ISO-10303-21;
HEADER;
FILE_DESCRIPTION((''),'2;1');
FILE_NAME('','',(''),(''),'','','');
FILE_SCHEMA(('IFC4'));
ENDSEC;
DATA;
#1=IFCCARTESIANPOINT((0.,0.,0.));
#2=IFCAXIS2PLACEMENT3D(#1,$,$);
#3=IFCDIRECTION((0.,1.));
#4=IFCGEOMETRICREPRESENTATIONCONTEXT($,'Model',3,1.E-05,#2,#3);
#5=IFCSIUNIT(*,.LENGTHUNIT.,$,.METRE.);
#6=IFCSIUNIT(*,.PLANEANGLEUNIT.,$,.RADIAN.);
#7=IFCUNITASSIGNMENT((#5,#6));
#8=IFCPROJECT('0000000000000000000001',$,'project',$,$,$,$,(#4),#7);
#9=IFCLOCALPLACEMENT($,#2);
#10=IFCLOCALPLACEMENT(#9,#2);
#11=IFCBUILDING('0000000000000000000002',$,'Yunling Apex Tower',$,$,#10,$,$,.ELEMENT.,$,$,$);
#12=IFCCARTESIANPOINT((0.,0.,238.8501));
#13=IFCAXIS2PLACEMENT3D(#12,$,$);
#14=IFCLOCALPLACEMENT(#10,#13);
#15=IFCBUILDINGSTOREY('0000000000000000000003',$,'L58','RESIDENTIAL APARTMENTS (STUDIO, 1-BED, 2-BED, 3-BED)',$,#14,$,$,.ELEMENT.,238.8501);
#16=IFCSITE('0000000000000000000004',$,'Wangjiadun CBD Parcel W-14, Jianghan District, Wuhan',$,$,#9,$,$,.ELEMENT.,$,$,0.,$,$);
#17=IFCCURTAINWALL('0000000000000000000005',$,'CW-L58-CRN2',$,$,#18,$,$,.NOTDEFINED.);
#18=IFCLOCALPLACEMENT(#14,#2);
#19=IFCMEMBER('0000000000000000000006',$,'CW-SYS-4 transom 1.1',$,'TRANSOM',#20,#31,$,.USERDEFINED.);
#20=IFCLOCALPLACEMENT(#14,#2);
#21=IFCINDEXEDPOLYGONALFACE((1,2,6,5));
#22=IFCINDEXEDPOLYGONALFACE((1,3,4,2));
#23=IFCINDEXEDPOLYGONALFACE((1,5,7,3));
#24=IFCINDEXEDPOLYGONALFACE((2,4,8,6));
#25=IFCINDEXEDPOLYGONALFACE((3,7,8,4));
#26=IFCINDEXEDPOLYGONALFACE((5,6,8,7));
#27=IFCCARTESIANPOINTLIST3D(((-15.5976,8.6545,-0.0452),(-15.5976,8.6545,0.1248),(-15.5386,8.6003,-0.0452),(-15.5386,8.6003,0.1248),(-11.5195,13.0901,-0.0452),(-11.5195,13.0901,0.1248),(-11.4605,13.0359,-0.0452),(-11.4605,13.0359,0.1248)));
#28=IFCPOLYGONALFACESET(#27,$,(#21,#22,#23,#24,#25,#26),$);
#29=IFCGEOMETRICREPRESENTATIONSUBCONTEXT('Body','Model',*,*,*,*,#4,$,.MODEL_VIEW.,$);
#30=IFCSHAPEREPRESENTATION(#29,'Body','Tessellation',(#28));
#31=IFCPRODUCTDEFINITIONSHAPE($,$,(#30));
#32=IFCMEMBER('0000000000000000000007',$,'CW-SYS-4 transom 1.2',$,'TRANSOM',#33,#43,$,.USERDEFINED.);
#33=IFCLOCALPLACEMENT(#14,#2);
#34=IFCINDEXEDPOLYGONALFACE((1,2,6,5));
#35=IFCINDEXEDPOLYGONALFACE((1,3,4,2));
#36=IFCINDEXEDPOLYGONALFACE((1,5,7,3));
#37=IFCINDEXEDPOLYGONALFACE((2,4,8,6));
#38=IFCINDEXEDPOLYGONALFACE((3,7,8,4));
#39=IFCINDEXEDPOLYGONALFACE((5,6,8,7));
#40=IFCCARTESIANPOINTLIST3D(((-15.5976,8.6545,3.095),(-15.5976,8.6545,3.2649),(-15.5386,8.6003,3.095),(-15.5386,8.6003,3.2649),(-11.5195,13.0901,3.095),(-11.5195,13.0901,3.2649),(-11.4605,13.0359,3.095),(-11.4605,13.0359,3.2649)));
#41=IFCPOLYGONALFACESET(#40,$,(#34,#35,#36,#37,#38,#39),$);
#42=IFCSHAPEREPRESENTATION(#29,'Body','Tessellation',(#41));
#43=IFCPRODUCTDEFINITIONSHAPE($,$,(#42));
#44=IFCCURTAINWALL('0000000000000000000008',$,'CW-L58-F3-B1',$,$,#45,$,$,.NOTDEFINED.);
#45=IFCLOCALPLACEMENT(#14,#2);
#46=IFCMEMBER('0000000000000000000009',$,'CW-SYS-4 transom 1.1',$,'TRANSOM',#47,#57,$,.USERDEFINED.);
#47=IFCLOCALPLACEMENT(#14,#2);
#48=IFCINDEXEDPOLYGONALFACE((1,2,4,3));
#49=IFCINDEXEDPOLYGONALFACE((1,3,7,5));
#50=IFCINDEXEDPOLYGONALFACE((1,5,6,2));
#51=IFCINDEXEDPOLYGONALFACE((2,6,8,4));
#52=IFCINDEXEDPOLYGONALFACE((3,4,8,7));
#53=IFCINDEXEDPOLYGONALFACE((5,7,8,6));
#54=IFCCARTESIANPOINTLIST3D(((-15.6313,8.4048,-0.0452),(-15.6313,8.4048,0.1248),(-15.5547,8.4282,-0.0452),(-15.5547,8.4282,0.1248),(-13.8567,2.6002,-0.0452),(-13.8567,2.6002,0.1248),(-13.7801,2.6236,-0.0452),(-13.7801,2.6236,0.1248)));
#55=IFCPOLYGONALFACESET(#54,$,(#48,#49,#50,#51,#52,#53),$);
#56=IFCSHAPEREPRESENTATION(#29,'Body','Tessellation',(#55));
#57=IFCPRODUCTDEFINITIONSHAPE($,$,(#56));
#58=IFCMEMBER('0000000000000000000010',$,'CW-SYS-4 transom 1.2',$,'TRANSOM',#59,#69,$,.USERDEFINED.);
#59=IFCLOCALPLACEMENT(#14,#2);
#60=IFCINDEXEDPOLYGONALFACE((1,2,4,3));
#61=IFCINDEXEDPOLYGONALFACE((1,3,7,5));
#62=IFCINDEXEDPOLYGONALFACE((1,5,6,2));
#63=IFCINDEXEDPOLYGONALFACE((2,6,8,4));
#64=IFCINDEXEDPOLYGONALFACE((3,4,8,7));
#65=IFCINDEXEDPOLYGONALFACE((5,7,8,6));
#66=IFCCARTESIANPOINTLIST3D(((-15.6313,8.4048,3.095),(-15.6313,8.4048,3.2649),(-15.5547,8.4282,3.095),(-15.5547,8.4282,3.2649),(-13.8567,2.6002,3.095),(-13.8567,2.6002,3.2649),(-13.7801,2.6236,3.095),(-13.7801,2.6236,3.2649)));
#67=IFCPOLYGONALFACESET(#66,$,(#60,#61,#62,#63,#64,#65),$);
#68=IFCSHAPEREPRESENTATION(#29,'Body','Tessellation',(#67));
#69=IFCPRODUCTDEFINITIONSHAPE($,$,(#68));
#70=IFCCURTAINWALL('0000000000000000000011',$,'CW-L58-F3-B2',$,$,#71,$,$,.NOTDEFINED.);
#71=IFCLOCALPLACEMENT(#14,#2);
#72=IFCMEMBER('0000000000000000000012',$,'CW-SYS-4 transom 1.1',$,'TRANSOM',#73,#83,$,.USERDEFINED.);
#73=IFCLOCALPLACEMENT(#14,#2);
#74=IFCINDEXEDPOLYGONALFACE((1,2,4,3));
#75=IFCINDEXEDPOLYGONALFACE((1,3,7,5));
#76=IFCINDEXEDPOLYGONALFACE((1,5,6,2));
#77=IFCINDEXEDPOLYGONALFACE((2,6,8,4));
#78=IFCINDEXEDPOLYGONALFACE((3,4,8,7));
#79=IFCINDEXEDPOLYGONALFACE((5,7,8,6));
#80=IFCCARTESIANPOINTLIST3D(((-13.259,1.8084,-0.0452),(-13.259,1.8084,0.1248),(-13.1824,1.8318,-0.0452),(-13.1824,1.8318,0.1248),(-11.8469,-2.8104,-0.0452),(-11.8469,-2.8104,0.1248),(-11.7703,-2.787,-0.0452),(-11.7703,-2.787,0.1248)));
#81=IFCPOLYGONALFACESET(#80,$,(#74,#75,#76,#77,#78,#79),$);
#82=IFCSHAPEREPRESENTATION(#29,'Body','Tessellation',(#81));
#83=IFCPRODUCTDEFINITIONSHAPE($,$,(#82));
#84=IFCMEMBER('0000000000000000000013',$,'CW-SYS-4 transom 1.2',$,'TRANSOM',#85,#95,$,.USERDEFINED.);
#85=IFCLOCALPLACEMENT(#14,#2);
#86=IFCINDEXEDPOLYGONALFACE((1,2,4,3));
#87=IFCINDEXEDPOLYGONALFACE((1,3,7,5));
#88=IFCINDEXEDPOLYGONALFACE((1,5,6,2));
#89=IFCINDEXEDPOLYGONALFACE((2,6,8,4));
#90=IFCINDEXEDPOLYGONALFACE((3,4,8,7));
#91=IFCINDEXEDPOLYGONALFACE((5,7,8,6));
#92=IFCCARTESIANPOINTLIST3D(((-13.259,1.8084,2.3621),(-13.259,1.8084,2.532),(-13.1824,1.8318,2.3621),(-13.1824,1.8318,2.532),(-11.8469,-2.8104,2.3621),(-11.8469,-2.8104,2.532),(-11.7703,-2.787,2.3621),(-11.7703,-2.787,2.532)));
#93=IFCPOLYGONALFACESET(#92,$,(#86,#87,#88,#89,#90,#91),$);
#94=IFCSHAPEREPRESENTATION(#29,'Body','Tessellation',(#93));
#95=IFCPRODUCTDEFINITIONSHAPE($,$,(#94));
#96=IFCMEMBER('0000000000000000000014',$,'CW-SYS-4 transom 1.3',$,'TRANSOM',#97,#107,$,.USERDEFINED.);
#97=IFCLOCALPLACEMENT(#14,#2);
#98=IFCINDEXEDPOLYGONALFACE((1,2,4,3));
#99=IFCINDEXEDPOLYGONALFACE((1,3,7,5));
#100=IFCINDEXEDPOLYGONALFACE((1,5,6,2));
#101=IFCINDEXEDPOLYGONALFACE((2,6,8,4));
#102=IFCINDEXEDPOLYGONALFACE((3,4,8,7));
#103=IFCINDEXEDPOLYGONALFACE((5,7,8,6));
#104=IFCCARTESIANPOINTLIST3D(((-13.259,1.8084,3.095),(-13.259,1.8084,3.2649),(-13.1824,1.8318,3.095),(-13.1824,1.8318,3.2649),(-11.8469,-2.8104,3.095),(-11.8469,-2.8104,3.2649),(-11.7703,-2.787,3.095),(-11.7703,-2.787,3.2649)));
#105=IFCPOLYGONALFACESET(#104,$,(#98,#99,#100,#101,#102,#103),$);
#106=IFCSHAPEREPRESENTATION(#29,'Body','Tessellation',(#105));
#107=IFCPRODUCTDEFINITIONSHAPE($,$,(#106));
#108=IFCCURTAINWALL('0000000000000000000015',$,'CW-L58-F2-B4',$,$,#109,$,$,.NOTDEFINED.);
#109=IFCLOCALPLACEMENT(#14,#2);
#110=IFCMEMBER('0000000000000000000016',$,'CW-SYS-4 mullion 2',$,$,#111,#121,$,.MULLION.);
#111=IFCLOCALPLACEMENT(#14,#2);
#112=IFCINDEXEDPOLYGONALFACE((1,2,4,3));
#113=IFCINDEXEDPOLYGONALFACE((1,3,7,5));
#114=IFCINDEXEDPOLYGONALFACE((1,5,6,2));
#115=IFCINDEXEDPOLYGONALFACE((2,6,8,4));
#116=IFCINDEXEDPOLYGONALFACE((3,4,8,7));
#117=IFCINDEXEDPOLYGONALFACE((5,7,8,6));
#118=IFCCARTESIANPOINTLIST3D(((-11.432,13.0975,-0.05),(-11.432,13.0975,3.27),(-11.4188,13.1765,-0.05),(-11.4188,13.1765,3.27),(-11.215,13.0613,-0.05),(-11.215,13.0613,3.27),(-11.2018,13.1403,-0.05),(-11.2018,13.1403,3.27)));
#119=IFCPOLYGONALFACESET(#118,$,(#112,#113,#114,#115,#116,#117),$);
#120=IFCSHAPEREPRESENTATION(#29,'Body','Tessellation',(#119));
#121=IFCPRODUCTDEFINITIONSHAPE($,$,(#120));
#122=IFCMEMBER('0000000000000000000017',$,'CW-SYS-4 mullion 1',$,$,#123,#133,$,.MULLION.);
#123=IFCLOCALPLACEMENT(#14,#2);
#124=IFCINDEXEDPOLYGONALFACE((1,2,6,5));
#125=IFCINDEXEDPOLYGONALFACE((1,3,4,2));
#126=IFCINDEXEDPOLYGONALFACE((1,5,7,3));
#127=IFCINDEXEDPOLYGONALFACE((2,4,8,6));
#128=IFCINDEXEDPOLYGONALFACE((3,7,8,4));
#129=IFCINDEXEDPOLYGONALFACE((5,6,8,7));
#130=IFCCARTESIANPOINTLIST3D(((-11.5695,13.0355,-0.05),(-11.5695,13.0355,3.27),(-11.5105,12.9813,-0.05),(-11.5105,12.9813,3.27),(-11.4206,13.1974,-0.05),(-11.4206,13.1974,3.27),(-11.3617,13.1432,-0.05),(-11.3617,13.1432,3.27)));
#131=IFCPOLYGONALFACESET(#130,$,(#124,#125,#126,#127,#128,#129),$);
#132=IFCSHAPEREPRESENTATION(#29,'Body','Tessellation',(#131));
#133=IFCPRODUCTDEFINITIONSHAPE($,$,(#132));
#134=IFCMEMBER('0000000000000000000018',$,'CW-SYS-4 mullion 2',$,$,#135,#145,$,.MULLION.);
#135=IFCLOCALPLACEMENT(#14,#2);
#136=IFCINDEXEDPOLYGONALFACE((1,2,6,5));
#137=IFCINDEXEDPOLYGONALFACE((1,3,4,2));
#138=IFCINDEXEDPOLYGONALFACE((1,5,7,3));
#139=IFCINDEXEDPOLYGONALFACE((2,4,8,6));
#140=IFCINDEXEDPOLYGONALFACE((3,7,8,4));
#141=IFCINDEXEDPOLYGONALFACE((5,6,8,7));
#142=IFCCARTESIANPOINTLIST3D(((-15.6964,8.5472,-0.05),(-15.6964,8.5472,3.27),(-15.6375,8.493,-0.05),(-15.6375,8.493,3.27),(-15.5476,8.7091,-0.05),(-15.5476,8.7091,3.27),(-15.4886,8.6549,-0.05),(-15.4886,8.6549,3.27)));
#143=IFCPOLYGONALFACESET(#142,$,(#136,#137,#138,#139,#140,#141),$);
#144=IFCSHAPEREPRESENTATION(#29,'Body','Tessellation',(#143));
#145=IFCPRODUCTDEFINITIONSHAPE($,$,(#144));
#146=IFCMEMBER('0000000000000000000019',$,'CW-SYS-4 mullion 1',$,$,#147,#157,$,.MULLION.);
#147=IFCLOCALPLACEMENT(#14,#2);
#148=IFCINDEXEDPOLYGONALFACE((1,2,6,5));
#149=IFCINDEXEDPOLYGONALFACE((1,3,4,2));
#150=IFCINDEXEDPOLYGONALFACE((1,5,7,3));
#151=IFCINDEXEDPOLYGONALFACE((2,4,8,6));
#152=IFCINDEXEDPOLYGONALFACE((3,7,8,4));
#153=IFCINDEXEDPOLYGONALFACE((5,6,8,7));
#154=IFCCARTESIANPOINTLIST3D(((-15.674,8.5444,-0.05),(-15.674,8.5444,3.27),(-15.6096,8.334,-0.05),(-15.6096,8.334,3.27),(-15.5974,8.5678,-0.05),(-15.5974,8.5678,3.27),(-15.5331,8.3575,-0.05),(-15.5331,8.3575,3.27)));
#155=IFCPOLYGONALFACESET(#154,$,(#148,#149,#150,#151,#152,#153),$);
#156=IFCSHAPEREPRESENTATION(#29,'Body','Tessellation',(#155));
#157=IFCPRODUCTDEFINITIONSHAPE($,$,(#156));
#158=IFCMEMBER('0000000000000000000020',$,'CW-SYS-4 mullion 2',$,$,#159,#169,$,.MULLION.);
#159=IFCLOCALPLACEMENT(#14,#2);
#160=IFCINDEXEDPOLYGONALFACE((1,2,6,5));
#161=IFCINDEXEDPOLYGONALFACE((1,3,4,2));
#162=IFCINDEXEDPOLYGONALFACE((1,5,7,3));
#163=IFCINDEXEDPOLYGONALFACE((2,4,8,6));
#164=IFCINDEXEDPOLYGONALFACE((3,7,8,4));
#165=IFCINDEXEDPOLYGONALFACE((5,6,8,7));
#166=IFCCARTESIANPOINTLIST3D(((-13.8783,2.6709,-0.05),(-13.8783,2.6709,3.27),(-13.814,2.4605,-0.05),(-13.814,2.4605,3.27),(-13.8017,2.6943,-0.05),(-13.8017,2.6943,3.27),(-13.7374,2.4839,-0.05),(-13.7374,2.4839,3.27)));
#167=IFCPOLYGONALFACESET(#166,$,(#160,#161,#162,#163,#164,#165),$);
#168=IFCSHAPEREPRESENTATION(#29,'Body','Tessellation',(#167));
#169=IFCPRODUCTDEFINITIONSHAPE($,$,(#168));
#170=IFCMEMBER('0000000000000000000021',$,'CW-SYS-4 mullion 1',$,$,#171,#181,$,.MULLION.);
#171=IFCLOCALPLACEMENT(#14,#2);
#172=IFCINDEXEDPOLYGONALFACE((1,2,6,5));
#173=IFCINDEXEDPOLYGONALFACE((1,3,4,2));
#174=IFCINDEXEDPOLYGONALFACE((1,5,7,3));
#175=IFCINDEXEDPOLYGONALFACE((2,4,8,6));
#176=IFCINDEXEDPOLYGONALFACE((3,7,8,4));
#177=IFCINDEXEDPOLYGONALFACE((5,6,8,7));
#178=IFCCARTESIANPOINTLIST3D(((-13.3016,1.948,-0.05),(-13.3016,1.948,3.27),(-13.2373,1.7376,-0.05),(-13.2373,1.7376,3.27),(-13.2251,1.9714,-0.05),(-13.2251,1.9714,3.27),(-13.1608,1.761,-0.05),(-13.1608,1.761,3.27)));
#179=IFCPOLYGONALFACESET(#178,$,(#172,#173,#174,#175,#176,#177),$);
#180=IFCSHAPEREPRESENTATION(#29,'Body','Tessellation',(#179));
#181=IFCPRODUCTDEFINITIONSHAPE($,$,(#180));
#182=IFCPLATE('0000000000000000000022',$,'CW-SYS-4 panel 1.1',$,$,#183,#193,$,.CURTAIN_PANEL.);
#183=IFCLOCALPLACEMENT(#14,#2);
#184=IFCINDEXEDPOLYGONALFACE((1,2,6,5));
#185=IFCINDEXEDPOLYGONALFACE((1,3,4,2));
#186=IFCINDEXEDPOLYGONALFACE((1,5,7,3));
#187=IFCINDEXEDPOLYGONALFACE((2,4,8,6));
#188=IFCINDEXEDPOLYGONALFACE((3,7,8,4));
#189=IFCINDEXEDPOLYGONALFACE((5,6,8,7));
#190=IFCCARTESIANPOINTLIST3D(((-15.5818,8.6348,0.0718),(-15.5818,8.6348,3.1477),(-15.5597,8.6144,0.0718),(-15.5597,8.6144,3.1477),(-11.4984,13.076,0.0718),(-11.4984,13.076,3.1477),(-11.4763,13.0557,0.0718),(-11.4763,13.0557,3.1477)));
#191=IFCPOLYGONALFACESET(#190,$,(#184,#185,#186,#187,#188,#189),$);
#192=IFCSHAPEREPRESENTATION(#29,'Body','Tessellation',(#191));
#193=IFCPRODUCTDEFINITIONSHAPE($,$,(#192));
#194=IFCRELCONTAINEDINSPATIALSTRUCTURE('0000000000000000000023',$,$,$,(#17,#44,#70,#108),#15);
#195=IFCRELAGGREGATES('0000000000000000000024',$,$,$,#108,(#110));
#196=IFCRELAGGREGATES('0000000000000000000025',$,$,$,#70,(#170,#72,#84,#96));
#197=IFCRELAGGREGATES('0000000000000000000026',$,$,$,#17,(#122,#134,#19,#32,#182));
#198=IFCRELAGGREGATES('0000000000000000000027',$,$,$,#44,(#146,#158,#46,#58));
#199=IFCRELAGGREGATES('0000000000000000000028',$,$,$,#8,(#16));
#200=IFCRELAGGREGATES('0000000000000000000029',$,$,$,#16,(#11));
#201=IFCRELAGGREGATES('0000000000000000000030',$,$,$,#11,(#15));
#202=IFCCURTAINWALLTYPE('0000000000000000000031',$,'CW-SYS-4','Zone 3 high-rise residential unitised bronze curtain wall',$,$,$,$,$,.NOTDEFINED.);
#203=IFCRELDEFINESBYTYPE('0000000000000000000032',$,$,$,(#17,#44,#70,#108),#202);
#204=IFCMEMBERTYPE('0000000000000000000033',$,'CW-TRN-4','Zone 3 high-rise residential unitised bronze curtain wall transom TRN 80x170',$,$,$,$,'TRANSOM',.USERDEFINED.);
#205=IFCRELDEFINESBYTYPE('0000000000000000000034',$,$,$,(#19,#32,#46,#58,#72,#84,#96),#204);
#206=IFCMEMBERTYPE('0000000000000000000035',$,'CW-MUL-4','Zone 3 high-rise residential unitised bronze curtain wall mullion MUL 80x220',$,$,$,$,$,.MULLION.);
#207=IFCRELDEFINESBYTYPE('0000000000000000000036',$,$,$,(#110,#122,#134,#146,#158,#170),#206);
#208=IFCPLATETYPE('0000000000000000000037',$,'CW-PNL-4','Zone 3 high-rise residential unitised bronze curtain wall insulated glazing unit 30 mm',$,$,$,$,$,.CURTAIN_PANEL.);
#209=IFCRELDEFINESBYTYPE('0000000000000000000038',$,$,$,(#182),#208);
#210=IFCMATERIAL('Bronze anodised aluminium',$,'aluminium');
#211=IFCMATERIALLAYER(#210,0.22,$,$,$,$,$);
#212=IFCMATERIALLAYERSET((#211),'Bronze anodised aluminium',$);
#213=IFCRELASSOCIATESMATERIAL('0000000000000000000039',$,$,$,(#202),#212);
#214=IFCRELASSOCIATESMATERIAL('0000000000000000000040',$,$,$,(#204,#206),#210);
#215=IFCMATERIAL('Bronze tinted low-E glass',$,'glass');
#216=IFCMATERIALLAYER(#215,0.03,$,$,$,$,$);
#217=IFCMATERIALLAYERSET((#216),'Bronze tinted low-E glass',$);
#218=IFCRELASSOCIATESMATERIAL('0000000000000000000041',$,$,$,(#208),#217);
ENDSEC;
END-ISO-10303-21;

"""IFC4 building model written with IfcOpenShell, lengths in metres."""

from ifc_helpers import new_model, si_unit, direction, frame, origin, origin_2d, place, context, subcontext, project, spatial, rectangle, extrude, source, transform, mapped, material, layer, layer_set, material_profile, profile_set, type_object, element, aggregate, save


model = new_model("IFC4")

# Units and contexts
model_context = context("Model", 3, precision=1e-05, world=origin(), true_north=direction((0.0, 1.0)))
body_context = subcontext(model_context, "Body", "Model", "MODEL_VIEW")
ifc_project = project(units=[si_unit("LENGTHUNIT", "METRE"), si_unit("PLANEANGLEUNIT", "RADIAN")], contexts=[model_context])

# Site, building, storey
site_placement = place(None, origin())
site = spatial("IfcSite", under=ifc_project, at=site_placement, Name="Wangjiadun CBD Parcel W-14, Jianghan District, Wuhan", CompositionType="ELEMENT", RefElevation=0.0)
building_placement = place(site_placement, origin())
building = spatial("IfcBuilding", under=site, at=building_placement, Name="Yunling Apex Tower", CompositionType="ELEMENT")
storey_placement = place(building_placement, frame((0.0, 0.0, 238.8501)))
storey = spatial("IfcBuildingStorey", under=building, at=storey_placement, Name="L58", Description="RESIDENTIAL APARTMENTS (STUDIO, 1-BED, 2-BED, 3-BED)", CompositionType="ELEMENT", Elevation=238.8501)

# Curtain walls, members
ifc_material_1 = material(Name="Bronze anodised aluminium", Category="aluminium")
ifc_layer_1 = layer(ifc_material_1, 0.22)
ifc_layer_set_1 = layer_set([ifc_layer_1], Name="Bronze anodised aluminium")
curtain_wall_type = type_object("IfcCurtainWallType", Name="CW-SYS-4", Description="Zone 3 high-rise residential unitised bronze curtain wall", PredefinedType="NOTDEFINED", material=ifc_layer_set_1)
curtain_wall_1_placement = place(storey_placement, origin())
curtain_wall_1 = element("IfcCurtainWall", 1, at=curtain_wall_1_placement, inside=storey, type_object=curtain_wall_type, Name="CW-L58-CRN2", PredefinedType="NOTDEFINED")
ifc_material_profile_1 = material_profile(ifc_material_1, rectangle(XDim=0.0801, YDim=0.1699, at=origin_2d()))
ifc_profile_set_1 = profile_set([ifc_material_profile_1], Name="Bronze anodised aluminium")
member_type_1 = type_object("IfcMemberType", Name="CW-TRN-4", Description="Zone 3 high-rise residential unitised bronze curtain wall transom TRN 80x170", ElementType="TRANSOM", PredefinedType="USERDEFINED", material=ifc_profile_set_1)
shared_shape_1 = source(origin(), body_context, "Body", "SweptSolid", [
    extrude(rectangle(XDim=0.0801, YDim=0.1699, at=origin_2d()), origin(), (0.0, 0.0, 1.0), 6.0254),
])
member_1_placement = place(storey_placement, frame((-11.49, 13.063, 0.0398), z_axis=(-0.676825, -0.736144, 0.0), x_axis=(0.736144, -0.676825, 0.0)))
member_1 = element("IfcMember", 2, at=member_1_placement, type_object=member_type_1, Name="CW-SYS-4 transom 1.1", ObjectType="TRANSOM", PredefinedType="USERDEFINED", context=body_context, shape_type="MappedRepresentation", body=[
    mapped(shared_shape_1, transform((0.0, 0.0, 0.0), scale=1.0)),
])
member_2_placement = place(storey_placement, frame((-11.49, 13.063, 3.1799), z_axis=(-0.676825, -0.736144, 0.0), x_axis=(0.736144, -0.676825, 0.0)))
member_2 = element("IfcMember", 3, at=member_2_placement, type_object=member_type_1, Name="CW-SYS-4 transom 1.2", ObjectType="TRANSOM", PredefinedType="USERDEFINED", context=body_context, shape_type="MappedRepresentation", body=[
    mapped(shared_shape_1, transform((0.0, 0.0, 0.0), scale=1.0)),
])
curtain_wall_2_placement = place(storey_placement, origin())
curtain_wall_2 = element("IfcCurtainWall", 4, at=curtain_wall_2_placement, inside=storey, type_object=curtain_wall_type, Name="CW-L58-F3-B1", PredefinedType="NOTDEFINED")
shared_shape_2 = source(origin(), body_context, "Body", "SweptSolid", [
    extrude(rectangle(XDim=0.0801, YDim=0.1699, at=origin_2d()), origin(), (0.0, 0.0, 1.0), 6.0698),
])
member_3_placement = place(storey_placement, frame((-15.593, 8.4165, 0.0398), z_axis=(0.29237, -0.956305, 0.0), x_axis=(0.956305, 0.29237, 0.0)))
member_3 = element("IfcMember", 5, at=member_3_placement, type_object=member_type_1, Name="CW-SYS-4 transom 1.1", ObjectType="TRANSOM", PredefinedType="USERDEFINED", context=body_context, shape_type="MappedRepresentation", body=[
    mapped(shared_shape_2, transform((0.0, 0.0, 0.0), scale=1.0)),
])
member_4_placement = place(storey_placement, frame((-15.593, 8.4165, 3.1799), z_axis=(0.29237, -0.956305, 0.0), x_axis=(0.956305, 0.29237, 0.0)))
member_4 = element("IfcMember", 6, at=member_4_placement, type_object=member_type_1, Name="CW-SYS-4 transom 1.2", ObjectType="TRANSOM", PredefinedType="USERDEFINED", context=body_context, shape_type="MappedRepresentation", body=[
    mapped(shared_shape_2, transform((0.0, 0.0, 0.0), scale=1.0)),
])
curtain_wall_3_placement = place(storey_placement, origin())
curtain_wall_3 = element("IfcCurtainWall", 7, at=curtain_wall_3_placement, inside=storey, type_object=curtain_wall_type, Name="CW-L58-F3-B2", PredefinedType="NOTDEFINED")
shared_shape_3 = source(origin(), body_context, "Body", "SweptSolid", [
    extrude(rectangle(XDim=0.0801, YDim=0.1699, at=origin_2d()), origin(), (0.0, 0.0, 1.0), 4.8298),
])
member_5_placement = place(storey_placement, frame((-13.2207, 1.8201, 0.0398), z_axis=(0.292366, -0.956306, 0.0), x_axis=(0.956306, 0.292366, 0.0)))
member_5 = element("IfcMember", 8, at=member_5_placement, type_object=member_type_1, Name="CW-SYS-4 transom 1.1", ObjectType="TRANSOM", PredefinedType="USERDEFINED", context=body_context, shape_type="MappedRepresentation", body=[
    mapped(shared_shape_3, transform((0.0, 0.0, 0.0), scale=1.0)),
])
member_6_placement = place(storey_placement, frame((-13.2207, 1.8201, 2.447), z_axis=(0.292366, -0.956306, 0.0), x_axis=(0.956306, 0.292366, 0.0)))
member_6 = element("IfcMember", 9, at=member_6_placement, type_object=member_type_1, Name="CW-SYS-4 transom 1.2", ObjectType="TRANSOM", PredefinedType="USERDEFINED", context=body_context, shape_type="MappedRepresentation", body=[
    mapped(shared_shape_3, transform((0.0, 0.0, 0.0), scale=1.0)),
])
member_7_placement = place(storey_placement, frame((-13.2207, 1.8201, 3.1799), z_axis=(0.292366, -0.956306, 0.0), x_axis=(0.956306, 0.292366, 0.0)))
member_7 = element("IfcMember", 10, at=member_7_placement, type_object=member_type_1, Name="CW-SYS-4 transom 1.3", ObjectType="TRANSOM", PredefinedType="USERDEFINED", context=body_context, shape_type="MappedRepresentation", body=[
    mapped(shared_shape_3, transform((0.0, 0.0, 0.0), scale=1.0)),
])

# Curtain wall, member
curtain_wall_4_placement = place(storey_placement, origin())
curtain_wall_4 = element("IfcCurtainWall", 11, at=curtain_wall_4_placement, inside=storey, type_object=curtain_wall_type, Name="CW-L58-F2-B4", PredefinedType="NOTDEFINED")
ifc_material_profile_2 = material_profile(ifc_material_1, rectangle(XDim=0.0801, YDim=0.22, at=origin_2d()))
ifc_profile_set_2 = profile_set([ifc_material_profile_2], Name="Bronze anodised aluminium")
member_type_2 = type_object("IfcMemberType", Name="CW-MUL-4", Description="Zone 3 high-rise residential unitised bronze curtain wall mullion MUL 80x220", PredefinedType="MULLION", material=ifc_profile_set_2)
shared_shape_4 = source(origin(), body_context, "Body", "SweptSolid", [
    extrude(rectangle(XDim=0.0801, YDim=0.22, at=origin_2d()), origin(), (0.0, 0.0, 1.0), 3.3201),
])
member_8_placement = place(storey_placement, frame((-11.3169, 13.1189, -0.05), z_axis=(0.0, 0.0, 1.0), x_axis=(-0.164353, -0.986402, 0.0)))
member_8 = element("IfcMember", 12, at=member_8_placement, type_object=member_type_2, Name="CW-SYS-4 mullion 2", PredefinedType="MULLION", context=body_context, shape_type="MappedRepresentation", body=[
    mapped(shared_shape_4, transform((0.0, 0.0, 0.0), scale=1.0)),
])
aggregate(curtain_wall_4, [member_8])

# Members
member_9_placement = place(storey_placement, frame((-11.4656, 13.0894, -0.05), z_axis=(0.0, 0.0, 1.0), x_axis=(0.736134, -0.676836, 0.0)))
member_9 = element("IfcMember", 13, at=member_9_placement, type_object=member_type_2, Name="CW-SYS-4 mullion 1", PredefinedType="MULLION", context=body_context, shape_type="MappedRepresentation", body=[
    mapped(shared_shape_4, transform((0.0, 0.0, 0.0), scale=1.0)),
])
member_10_placement = place(storey_placement, frame((-15.5925, 8.6011, -0.05), z_axis=(0.0, 0.0, 1.0), x_axis=(0.736134, -0.676836, 0.0)))
member_10 = element("IfcMember", 14, at=member_10_placement, type_object=member_type_2, Name="CW-SYS-4 mullion 2", PredefinedType="MULLION", context=body_context, shape_type="MappedRepresentation", body=[
    mapped(shared_shape_4, transform((0.0, 0.0, 0.0), scale=1.0)),
])
member_11_placement = place(storey_placement, frame((-15.6035, 8.4509, -0.05), z_axis=(0.0, 0.0, 1.0), x_axis=(0.956305, 0.292372, 0.0)))
member_11 = element("IfcMember", 15, at=member_11_placement, type_object=member_type_2, Name="CW-SYS-4 mullion 1", PredefinedType="MULLION", context=body_context, shape_type="MappedRepresentation", body=[
    mapped(shared_shape_4, transform((0.0, 0.0, 0.0), scale=1.0)),
])
member_12_placement = place(storey_placement, frame((-13.8079, 2.5774, -0.05), z_axis=(0.0, 0.0, 1.0), x_axis=(0.956305, 0.292372, 0.0)))
member_12 = element("IfcMember", 16, at=member_12_placement, type_object=member_type_2, Name="CW-SYS-4 mullion 2", PredefinedType="MULLION", context=body_context, shape_type="MappedRepresentation", body=[
    mapped(shared_shape_4, transform((0.0, 0.0, 0.0), scale=1.0)),
])
member_13_placement = place(storey_placement, frame((-13.2312, 1.8545, -0.05), z_axis=(0.0, 0.0, 1.0), x_axis=(0.956304, 0.292373, 0.0)))
member_13 = element("IfcMember", 17, at=member_13_placement, type_object=member_type_2, Name="CW-SYS-4 mullion 1", PredefinedType="MULLION", context=body_context, shape_type="MappedRepresentation", body=[
    mapped(shared_shape_4, transform((0.0, 0.0, 0.0), scale=1.0)),
])
aggregate(curtain_wall_3, [member_13, member_5, member_6, member_7])

# Plate
ifc_material_2 = material(Name="Bronze tinted low-E glass", Category="glass")
ifc_layer_2 = layer(ifc_material_2, 0.03)
ifc_layer_set_2 = layer_set([ifc_layer_2], Name="Bronze tinted low-E glass")
plate_type = type_object("IfcPlateType", Name="CW-PNL-4", Description="Zone 3 high-rise residential unitised bronze curtain wall insulated glazing unit 30 mm", PredefinedType="CURTAIN_PANEL", material=ifc_layer_set_2)
shared_shape_5 = source(origin(), body_context, "Body", "SweptSolid", [
    extrude(rectangle(XDim=6.0332, YDim=0.03, at=origin_2d()), origin(), (0.0, 0.0, 1.0), 3.0759),
])
plate_1_placement = place(storey_placement, frame((-13.5291, 10.8452, 0.0718), z_axis=(0.0, 0.0, 1.0), x_axis=(-0.676836, -0.736134, 0.0)))
plate_1 = element("IfcPlate", 18, at=plate_1_placement, type_object=plate_type, Name="CW-SYS-4 panel 1.1", PredefinedType="CURTAIN_PANEL", context=body_context, shape_type="MappedRepresentation", body=[
    mapped(shared_shape_5, transform((0.0, 0.0, 0.0), scale=1.0)),
])
aggregate(curtain_wall_1, [member_9, member_10, member_1, member_2, plate_1])
aggregate(curtain_wall_2, [member_11, member_12, member_3, member_4])

save(model, "model.ifc")
